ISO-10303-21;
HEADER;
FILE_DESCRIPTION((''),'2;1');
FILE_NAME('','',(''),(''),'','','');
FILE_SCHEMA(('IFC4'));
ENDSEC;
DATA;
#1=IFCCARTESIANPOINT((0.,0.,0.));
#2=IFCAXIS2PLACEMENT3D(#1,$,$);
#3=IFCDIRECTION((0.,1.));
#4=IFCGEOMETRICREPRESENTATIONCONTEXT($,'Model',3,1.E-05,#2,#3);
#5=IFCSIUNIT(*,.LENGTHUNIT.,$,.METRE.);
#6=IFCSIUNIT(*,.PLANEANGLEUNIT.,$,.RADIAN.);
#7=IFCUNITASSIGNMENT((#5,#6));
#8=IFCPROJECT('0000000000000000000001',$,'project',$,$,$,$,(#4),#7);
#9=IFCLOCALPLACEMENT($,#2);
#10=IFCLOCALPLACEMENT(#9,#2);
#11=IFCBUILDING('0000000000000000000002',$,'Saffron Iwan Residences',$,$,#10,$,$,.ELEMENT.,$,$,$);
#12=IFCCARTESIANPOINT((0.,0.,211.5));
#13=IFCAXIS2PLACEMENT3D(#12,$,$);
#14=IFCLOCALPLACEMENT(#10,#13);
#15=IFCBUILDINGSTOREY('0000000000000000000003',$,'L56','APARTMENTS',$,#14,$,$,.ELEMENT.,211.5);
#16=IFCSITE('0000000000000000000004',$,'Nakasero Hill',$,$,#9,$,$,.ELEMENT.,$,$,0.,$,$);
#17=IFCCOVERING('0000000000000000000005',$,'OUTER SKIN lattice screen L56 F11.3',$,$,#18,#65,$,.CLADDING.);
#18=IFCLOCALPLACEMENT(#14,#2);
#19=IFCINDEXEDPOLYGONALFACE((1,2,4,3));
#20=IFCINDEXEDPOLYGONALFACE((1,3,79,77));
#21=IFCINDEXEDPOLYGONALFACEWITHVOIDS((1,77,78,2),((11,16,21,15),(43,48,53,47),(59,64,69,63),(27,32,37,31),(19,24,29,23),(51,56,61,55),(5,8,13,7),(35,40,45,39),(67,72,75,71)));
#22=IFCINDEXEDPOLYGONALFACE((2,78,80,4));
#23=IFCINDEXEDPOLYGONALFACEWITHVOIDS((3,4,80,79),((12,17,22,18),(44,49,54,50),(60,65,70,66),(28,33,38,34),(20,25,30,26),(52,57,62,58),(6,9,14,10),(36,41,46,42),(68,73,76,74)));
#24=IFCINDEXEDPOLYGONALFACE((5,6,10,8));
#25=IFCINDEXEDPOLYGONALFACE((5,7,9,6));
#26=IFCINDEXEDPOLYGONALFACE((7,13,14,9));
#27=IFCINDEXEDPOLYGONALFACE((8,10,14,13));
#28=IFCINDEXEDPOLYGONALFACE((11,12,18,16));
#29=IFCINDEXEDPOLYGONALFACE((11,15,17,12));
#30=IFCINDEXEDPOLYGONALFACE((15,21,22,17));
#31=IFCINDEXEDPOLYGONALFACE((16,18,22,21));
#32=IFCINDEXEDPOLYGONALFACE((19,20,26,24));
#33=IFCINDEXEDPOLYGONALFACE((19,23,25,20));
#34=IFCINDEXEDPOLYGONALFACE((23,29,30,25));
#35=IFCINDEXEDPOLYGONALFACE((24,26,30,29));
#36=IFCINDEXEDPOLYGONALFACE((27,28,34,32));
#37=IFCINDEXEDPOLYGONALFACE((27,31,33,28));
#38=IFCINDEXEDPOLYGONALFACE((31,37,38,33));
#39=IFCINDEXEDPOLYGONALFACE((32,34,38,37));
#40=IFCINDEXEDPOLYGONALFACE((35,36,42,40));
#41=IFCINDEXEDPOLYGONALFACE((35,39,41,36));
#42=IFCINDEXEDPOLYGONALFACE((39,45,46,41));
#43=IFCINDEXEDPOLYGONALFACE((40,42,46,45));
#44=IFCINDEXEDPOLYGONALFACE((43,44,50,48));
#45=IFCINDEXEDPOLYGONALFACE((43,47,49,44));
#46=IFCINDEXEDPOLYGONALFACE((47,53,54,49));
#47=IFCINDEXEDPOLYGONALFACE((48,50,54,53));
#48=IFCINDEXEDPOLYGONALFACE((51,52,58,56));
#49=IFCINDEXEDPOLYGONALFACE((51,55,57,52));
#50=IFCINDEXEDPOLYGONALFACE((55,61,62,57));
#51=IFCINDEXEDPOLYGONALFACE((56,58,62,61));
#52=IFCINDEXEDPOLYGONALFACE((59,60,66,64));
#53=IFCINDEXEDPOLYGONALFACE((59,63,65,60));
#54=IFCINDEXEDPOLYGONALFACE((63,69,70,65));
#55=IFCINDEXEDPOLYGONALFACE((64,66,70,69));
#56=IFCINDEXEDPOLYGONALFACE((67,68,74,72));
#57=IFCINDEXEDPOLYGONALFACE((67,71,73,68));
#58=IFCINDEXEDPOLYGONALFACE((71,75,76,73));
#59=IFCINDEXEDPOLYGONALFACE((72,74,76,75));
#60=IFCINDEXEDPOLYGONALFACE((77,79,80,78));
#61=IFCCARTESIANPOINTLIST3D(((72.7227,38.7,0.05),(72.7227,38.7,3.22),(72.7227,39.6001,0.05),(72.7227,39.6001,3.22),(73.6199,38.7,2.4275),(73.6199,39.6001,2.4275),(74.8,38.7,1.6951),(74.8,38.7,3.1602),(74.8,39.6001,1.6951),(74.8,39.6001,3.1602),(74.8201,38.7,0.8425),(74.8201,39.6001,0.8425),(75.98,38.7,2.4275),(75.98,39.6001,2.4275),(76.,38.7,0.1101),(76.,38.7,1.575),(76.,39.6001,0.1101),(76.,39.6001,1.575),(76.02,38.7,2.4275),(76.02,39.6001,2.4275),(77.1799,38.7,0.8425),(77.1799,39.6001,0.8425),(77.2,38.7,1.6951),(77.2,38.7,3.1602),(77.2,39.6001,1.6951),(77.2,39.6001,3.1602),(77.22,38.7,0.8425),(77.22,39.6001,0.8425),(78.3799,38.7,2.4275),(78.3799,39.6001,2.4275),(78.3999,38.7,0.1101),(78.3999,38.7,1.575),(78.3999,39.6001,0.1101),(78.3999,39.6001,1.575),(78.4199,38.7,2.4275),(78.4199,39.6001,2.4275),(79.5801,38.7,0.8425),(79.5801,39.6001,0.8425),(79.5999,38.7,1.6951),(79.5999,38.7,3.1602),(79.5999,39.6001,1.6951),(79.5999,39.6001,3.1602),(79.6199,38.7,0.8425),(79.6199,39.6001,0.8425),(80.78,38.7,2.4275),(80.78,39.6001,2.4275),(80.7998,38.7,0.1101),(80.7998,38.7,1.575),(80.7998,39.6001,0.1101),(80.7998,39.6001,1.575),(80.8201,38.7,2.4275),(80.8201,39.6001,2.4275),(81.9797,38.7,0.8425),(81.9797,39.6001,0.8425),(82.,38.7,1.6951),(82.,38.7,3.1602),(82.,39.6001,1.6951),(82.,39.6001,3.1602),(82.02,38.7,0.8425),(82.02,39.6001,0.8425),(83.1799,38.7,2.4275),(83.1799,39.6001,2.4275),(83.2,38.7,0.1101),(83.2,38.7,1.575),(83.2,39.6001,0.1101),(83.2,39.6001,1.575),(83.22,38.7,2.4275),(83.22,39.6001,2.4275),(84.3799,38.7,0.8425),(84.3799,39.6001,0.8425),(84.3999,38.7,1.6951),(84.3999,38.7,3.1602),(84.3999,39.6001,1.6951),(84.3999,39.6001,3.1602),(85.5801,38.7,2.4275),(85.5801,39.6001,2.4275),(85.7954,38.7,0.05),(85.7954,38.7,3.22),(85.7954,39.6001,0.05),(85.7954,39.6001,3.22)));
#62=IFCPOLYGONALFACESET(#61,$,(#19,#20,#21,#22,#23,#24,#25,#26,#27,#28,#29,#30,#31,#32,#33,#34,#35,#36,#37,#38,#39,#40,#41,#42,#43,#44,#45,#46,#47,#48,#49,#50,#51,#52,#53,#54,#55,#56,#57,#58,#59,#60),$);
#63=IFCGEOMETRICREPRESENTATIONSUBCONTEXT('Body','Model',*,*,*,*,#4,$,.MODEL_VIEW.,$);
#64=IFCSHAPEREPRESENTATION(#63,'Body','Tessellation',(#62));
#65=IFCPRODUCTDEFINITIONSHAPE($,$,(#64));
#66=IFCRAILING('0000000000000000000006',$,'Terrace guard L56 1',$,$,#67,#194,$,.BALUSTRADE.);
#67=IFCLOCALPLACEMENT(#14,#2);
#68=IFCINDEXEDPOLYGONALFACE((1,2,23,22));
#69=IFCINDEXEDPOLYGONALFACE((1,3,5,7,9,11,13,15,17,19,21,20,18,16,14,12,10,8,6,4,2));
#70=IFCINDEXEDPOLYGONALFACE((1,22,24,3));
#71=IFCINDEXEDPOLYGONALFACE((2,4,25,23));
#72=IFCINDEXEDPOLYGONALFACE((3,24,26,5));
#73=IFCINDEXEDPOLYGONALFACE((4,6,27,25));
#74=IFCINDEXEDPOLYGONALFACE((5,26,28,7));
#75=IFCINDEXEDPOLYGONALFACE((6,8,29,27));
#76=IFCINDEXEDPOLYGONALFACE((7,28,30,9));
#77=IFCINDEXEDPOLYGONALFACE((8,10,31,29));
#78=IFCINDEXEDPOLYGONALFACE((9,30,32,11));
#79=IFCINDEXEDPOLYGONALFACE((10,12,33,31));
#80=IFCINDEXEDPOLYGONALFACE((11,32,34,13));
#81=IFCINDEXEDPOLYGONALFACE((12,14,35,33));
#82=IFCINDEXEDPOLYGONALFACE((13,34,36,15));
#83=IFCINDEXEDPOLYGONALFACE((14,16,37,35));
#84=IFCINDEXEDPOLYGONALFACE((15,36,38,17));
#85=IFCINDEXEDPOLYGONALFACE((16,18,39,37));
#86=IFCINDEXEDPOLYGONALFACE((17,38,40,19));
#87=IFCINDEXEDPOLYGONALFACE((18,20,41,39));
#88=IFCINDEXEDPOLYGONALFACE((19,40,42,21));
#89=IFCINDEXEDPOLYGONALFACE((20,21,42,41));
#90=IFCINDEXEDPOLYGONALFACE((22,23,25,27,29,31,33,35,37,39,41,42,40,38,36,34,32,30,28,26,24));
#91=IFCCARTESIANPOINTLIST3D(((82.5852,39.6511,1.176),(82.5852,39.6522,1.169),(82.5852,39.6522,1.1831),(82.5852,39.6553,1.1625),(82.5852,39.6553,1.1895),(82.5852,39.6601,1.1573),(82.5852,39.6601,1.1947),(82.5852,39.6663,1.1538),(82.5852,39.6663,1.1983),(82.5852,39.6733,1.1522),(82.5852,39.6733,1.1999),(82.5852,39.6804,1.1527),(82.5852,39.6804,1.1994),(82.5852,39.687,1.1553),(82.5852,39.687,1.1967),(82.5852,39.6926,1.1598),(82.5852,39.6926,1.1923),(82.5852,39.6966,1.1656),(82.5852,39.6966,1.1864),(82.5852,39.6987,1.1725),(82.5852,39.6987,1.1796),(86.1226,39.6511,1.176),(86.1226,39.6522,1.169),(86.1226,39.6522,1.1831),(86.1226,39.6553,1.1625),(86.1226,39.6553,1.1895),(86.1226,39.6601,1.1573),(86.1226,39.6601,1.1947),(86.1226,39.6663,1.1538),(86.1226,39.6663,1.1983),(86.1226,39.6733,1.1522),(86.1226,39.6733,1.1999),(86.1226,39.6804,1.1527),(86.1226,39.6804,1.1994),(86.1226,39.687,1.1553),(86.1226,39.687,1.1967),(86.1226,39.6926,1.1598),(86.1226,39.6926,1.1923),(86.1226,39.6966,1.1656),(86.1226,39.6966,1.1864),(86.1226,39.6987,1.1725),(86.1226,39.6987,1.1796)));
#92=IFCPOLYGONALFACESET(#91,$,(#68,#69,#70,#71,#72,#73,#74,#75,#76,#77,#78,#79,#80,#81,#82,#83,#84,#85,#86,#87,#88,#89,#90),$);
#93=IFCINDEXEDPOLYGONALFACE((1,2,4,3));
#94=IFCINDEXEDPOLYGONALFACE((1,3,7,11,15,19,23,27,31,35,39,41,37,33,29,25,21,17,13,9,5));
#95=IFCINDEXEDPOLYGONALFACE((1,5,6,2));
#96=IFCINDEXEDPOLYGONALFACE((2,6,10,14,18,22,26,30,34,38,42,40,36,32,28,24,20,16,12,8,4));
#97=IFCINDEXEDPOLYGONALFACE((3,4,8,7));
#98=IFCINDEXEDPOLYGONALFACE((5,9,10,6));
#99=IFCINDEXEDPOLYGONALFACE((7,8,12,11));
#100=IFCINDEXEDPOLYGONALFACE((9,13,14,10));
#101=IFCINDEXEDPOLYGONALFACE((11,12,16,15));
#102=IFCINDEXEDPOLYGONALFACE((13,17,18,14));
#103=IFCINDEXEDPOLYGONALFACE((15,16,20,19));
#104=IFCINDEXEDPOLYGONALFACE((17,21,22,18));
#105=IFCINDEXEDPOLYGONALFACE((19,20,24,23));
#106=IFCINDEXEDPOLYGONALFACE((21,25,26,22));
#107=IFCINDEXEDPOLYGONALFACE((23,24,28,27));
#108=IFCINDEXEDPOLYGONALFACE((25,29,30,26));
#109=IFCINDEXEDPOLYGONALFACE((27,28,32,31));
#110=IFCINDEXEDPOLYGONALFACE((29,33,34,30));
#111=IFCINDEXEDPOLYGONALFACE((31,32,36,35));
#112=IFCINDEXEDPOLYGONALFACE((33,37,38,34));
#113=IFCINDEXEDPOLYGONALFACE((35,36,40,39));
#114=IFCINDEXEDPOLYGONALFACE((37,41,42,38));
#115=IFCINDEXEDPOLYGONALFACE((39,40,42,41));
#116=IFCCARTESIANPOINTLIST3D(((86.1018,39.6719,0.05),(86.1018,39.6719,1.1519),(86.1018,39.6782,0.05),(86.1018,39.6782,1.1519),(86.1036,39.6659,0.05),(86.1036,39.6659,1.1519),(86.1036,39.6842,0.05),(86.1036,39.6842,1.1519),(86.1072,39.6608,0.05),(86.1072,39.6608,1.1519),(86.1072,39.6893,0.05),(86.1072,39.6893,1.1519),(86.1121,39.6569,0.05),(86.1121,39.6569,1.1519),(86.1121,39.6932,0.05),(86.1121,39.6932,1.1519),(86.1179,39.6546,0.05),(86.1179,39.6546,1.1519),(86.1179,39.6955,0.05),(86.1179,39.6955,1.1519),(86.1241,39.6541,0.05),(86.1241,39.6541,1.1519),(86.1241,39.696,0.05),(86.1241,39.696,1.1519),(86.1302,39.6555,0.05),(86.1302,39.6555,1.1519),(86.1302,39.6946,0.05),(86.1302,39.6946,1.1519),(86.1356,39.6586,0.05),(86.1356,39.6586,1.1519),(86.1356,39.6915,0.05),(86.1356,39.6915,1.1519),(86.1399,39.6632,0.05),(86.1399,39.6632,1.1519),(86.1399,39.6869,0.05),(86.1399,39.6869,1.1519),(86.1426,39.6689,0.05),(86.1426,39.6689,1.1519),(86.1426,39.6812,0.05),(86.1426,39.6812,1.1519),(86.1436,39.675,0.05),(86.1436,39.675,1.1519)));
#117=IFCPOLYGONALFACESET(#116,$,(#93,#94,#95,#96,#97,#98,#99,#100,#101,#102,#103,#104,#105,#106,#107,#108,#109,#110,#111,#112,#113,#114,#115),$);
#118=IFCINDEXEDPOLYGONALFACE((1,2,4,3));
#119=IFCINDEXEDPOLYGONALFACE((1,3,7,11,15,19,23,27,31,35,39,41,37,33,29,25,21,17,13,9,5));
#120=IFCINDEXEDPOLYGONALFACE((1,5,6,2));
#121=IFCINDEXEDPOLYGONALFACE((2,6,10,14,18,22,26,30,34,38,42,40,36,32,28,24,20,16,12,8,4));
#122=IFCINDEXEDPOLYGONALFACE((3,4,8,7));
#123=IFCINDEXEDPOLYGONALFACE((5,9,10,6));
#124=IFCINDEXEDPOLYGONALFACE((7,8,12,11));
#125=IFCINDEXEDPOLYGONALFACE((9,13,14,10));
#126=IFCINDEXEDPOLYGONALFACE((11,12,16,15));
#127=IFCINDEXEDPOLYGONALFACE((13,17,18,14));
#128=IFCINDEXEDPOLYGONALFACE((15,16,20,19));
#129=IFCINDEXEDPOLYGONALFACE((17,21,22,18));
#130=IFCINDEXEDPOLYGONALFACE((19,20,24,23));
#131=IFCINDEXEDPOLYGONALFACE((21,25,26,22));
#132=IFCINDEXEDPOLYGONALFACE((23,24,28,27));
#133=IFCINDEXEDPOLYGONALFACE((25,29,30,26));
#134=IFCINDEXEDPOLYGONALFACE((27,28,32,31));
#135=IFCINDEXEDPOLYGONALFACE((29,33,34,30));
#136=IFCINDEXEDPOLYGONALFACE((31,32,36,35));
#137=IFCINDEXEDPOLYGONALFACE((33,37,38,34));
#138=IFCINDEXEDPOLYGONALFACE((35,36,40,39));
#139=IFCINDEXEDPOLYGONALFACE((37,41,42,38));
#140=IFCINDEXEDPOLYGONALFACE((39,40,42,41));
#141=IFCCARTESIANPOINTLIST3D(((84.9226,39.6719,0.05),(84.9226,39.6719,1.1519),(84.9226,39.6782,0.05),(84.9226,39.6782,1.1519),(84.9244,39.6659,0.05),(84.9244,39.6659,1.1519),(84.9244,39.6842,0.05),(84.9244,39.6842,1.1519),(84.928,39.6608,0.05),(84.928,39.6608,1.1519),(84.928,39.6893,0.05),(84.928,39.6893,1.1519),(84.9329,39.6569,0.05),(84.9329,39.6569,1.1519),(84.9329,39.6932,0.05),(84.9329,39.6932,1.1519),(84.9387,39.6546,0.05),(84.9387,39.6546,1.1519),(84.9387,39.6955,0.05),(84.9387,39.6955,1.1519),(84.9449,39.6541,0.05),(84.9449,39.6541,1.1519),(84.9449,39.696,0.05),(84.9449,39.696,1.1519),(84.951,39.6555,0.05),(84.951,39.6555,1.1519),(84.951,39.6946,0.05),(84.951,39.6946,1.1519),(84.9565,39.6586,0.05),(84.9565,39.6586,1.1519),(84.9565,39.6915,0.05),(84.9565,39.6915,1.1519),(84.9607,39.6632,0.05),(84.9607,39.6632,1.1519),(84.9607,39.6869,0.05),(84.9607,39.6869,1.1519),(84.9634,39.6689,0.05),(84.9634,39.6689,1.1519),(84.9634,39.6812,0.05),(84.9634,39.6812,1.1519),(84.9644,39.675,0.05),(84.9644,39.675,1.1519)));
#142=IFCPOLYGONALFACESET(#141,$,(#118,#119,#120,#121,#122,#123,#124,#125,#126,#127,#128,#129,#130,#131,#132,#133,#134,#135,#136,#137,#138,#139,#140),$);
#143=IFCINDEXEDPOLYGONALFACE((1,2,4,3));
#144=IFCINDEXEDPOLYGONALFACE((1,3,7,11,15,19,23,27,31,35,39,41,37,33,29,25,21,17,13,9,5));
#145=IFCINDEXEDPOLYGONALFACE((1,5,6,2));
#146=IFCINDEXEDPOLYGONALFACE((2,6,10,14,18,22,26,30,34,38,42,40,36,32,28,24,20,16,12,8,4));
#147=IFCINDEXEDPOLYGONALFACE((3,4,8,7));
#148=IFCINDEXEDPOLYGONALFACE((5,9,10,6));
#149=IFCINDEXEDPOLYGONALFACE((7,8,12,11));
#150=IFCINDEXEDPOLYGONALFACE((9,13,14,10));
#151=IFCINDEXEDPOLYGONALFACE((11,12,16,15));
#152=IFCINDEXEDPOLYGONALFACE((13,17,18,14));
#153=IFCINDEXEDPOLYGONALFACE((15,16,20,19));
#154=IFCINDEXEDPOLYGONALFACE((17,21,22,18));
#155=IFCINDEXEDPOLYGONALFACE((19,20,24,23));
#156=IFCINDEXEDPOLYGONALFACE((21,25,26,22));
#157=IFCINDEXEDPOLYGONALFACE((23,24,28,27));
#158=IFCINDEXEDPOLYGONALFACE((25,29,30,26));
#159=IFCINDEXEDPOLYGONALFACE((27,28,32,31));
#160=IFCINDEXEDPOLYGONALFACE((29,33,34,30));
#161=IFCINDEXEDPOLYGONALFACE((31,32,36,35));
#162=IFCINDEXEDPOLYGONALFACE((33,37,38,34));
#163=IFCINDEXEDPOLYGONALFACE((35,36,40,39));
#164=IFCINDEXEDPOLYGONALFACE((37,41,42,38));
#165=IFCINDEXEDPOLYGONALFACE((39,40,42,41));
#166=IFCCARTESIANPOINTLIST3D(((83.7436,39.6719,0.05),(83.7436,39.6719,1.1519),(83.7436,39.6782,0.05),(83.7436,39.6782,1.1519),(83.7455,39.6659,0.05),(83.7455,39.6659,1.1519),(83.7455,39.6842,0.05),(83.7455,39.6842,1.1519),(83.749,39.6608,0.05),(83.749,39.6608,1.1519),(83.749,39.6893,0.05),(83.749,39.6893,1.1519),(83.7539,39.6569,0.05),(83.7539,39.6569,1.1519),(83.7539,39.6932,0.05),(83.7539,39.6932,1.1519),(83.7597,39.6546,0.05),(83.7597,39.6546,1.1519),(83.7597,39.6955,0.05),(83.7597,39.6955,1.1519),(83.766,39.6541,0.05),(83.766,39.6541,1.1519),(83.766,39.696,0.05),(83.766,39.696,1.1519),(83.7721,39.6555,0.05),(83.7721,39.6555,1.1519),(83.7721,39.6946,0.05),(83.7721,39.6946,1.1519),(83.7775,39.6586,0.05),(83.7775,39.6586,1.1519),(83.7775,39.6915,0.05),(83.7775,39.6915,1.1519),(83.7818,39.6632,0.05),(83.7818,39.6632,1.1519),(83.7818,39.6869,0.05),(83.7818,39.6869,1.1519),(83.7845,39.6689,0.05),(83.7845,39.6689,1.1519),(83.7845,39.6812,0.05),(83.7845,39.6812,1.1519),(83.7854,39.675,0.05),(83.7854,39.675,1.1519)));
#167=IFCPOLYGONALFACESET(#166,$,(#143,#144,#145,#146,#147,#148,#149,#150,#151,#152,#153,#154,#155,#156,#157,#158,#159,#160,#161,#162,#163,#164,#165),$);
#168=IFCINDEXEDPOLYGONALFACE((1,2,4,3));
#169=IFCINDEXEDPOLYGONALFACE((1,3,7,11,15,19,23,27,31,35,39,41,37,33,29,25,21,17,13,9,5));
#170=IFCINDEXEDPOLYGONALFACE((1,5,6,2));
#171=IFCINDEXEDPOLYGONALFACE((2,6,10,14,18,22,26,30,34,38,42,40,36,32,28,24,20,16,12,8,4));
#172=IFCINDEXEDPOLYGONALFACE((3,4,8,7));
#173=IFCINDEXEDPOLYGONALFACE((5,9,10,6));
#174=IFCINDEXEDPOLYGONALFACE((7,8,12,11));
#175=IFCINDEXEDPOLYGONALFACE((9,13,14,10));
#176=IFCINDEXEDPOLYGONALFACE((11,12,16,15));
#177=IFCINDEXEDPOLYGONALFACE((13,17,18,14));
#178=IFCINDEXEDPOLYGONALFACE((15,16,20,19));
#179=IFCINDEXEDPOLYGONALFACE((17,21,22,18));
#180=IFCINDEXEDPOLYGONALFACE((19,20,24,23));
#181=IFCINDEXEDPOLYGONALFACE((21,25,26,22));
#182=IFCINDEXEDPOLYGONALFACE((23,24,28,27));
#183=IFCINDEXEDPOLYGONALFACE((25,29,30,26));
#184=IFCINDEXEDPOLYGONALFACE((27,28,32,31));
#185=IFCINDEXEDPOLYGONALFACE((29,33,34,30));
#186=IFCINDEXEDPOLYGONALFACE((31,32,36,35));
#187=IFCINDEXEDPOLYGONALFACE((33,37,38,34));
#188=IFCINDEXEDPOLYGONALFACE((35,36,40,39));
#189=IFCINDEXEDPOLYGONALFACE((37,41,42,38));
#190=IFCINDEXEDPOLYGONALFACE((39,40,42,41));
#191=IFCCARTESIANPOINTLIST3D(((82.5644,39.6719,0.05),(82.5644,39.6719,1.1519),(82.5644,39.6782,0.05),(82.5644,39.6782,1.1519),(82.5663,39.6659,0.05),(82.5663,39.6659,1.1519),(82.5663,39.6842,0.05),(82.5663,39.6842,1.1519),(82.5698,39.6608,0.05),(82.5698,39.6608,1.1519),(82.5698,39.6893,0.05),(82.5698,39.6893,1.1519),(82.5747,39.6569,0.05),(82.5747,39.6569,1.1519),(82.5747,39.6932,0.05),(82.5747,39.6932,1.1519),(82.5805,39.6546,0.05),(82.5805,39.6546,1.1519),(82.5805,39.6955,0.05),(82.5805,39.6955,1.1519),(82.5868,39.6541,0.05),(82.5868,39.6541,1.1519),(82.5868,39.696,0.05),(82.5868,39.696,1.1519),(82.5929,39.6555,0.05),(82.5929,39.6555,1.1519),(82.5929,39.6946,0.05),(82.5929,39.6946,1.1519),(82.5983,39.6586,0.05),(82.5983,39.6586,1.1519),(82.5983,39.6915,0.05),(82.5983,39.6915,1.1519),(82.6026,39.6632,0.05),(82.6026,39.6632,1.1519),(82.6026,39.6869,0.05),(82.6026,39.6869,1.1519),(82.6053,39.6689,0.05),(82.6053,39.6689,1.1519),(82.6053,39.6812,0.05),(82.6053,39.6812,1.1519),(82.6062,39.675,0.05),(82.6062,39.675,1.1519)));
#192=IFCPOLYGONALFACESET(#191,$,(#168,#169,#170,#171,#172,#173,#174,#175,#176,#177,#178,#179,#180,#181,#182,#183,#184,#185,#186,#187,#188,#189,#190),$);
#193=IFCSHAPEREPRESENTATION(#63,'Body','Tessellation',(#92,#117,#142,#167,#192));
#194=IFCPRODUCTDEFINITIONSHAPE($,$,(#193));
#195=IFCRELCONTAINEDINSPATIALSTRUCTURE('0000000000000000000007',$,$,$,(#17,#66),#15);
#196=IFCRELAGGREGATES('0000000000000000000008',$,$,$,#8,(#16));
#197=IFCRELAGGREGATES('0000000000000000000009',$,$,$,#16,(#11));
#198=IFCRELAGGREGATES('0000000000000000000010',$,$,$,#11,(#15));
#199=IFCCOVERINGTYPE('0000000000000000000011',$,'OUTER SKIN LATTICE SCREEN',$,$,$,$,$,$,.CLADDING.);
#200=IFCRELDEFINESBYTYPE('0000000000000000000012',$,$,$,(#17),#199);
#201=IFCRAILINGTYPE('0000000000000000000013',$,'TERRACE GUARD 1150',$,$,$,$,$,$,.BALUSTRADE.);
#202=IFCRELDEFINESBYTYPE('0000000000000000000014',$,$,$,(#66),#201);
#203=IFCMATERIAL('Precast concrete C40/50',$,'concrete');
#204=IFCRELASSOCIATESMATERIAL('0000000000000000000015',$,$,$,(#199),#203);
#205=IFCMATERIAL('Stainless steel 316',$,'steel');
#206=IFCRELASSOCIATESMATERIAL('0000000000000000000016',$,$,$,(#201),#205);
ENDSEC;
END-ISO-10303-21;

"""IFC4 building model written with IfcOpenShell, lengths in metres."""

from ifc_helpers import new_model, si_unit, direction, frame, origin, origin_2d, place, context, subcontext, project, spatial, polyline, circle, outline, extrude, material, type_object, element, save


model = new_model("IFC4")

# Units and contexts
model_context = context("Model", 3, precision=1e-05, world=origin(), true_north=direction((0.0, 1.0)))
body_context = subcontext(model_context, "Body", "Model", "MODEL_VIEW")
ifc_project = project(units=[si_unit("LENGTHUNIT", "METRE"), si_unit("PLANEANGLEUNIT", "RADIAN")], contexts=[model_context])

# Site, building, storey
site_placement = place(None, origin())
site = spatial("IfcSite", under=ifc_project, at=site_placement, Name="Nakasero Hill", CompositionType="ELEMENT", RefElevation=0.0)
building_placement = place(site_placement, origin())
building = spatial("IfcBuilding", under=site, at=building_placement, Name="Saffron Iwan Residences", CompositionType="ELEMENT")
storey_placement = place(building_placement, frame((0.0, 0.0, 211.5)))
storey = spatial("IfcBuildingStorey", under=building, at=storey_placement, Name="L56", Description="APARTMENTS", CompositionType="ELEMENT", Elevation=211.5)

# Covering
ifc_material_1 = material(Name="Precast concrete C40/50", Category="concrete")
covering_type = type_object("IfcCoveringType", Name="OUTER SKIN LATTICE SCREEN", PredefinedType="CLADDING", material=ifc_material_1)
covering_1_placement = place(storey_placement, frame((72.7227, 39.6001, 0.05), z_axis=(0.0, -1.0, 0.0), x_axis=(1.0, 0.0, 0.0)))
element("IfcCovering", 1, at=covering_1_placement, inside=storey, type_object=covering_type, Name="OUTER SKIN lattice screen L56 F11.3", PredefinedType="CLADDING", context=body_context, shape_type="SweptSolid", body=[
    extrude(outline(polyline([(0.0, 0.0), (13.0728, 0.0), (13.0728, 3.1699), (0.0, 3.1699), (0.0, 0.0)]), holes=[polyline([(2.0974, 0.7925), (3.2773, 0.0601), (4.4573, 0.7925), (3.2773, 1.5249), (2.0974, 0.7925)]), polyline([(4.4973, 0.7925), (5.6772, 0.0601), (6.8574, 0.7925), (5.6772, 1.5249), (4.4973, 0.7925)]), polyline([(6.8972, 0.7925), (8.0771, 0.0601), (9.2571, 0.7925), (8.0771, 1.5249), (6.8972, 0.7925)]), polyline([(9.2974, 0.7925), (10.4773, 0.0601), (11.6572, 0.7925), (10.4773, 1.5249), (9.2974, 0.7925)]), polyline([(0.8972, 2.3774), (2.0774, 1.645), (3.2573, 2.3774), (2.0774, 3.1101), (0.8972, 2.3774)]), polyline([(3.2974, 2.3774), (4.4773, 1.645), (5.6572, 2.3774), (4.4773, 3.1101), (3.2974, 2.3774)]), polyline([(5.6973, 2.3774), (6.8772, 1.645), (8.0574, 2.3774), (6.8772, 3.1101), (5.6973, 2.3774)]), polyline([(8.0974, 2.3774), (9.2773, 1.645), (10.4573, 2.3774), (9.2773, 3.1101), (8.0974, 2.3774)]), polyline([(10.4973, 2.3774), (11.6772, 1.645), (12.8574, 2.3774), (11.6772, 3.1101), (10.4973, 2.3774)])]), origin(), (0.0, 0.0, 1.0), 0.9001),
])

# Railing
ifc_material_2 = material(Name="Stainless steel 316", Category="steel")
railing_type = type_object("IfcRailingType", Name="TERRACE GUARD 1150", PredefinedType="BALUSTRADE", material=ifc_material_2)
railing_1_placement = place(storey_placement, frame((86.1226, 39.675, 0.05)))
element("IfcRailing", 2, at=railing_1_placement, inside=storey, type_object=railing_type, Name="Terrace guard L56 1", PredefinedType="BALUSTRADE", context=body_context, shape_type="SweptSolid", body=[
    extrude(circle(Radius=0.0239, at=origin_2d()), frame((0.0, 0.0, 1.126), z_axis=(-1.0, 0.0, 0.0), x_axis=(0.0, -1.0, 0.0)), (0.0, 0.0, 1.0), 3.5374),
    extrude(circle(Radius=0.021, at=origin_2d()), origin(), (0.0, 0.0, 1.0), 1.1018),
    extrude(circle(Radius=0.021, at=origin_2d()), frame((-1.1792, 0.0, 0.0)), (0.0, 0.0, 1.0), 1.1018),
    extrude(circle(Radius=0.021, at=origin_2d()), frame((-2.3582, 0.0, 0.0)), (0.0, 0.0, 1.0), 1.1018),
    extrude(circle(Radius=0.021, at=origin_2d()), frame((-3.5374, 0.0, 0.0)), (0.0, 0.0, 1.0), 1.1018),
])

save(model, "model.ifc")
